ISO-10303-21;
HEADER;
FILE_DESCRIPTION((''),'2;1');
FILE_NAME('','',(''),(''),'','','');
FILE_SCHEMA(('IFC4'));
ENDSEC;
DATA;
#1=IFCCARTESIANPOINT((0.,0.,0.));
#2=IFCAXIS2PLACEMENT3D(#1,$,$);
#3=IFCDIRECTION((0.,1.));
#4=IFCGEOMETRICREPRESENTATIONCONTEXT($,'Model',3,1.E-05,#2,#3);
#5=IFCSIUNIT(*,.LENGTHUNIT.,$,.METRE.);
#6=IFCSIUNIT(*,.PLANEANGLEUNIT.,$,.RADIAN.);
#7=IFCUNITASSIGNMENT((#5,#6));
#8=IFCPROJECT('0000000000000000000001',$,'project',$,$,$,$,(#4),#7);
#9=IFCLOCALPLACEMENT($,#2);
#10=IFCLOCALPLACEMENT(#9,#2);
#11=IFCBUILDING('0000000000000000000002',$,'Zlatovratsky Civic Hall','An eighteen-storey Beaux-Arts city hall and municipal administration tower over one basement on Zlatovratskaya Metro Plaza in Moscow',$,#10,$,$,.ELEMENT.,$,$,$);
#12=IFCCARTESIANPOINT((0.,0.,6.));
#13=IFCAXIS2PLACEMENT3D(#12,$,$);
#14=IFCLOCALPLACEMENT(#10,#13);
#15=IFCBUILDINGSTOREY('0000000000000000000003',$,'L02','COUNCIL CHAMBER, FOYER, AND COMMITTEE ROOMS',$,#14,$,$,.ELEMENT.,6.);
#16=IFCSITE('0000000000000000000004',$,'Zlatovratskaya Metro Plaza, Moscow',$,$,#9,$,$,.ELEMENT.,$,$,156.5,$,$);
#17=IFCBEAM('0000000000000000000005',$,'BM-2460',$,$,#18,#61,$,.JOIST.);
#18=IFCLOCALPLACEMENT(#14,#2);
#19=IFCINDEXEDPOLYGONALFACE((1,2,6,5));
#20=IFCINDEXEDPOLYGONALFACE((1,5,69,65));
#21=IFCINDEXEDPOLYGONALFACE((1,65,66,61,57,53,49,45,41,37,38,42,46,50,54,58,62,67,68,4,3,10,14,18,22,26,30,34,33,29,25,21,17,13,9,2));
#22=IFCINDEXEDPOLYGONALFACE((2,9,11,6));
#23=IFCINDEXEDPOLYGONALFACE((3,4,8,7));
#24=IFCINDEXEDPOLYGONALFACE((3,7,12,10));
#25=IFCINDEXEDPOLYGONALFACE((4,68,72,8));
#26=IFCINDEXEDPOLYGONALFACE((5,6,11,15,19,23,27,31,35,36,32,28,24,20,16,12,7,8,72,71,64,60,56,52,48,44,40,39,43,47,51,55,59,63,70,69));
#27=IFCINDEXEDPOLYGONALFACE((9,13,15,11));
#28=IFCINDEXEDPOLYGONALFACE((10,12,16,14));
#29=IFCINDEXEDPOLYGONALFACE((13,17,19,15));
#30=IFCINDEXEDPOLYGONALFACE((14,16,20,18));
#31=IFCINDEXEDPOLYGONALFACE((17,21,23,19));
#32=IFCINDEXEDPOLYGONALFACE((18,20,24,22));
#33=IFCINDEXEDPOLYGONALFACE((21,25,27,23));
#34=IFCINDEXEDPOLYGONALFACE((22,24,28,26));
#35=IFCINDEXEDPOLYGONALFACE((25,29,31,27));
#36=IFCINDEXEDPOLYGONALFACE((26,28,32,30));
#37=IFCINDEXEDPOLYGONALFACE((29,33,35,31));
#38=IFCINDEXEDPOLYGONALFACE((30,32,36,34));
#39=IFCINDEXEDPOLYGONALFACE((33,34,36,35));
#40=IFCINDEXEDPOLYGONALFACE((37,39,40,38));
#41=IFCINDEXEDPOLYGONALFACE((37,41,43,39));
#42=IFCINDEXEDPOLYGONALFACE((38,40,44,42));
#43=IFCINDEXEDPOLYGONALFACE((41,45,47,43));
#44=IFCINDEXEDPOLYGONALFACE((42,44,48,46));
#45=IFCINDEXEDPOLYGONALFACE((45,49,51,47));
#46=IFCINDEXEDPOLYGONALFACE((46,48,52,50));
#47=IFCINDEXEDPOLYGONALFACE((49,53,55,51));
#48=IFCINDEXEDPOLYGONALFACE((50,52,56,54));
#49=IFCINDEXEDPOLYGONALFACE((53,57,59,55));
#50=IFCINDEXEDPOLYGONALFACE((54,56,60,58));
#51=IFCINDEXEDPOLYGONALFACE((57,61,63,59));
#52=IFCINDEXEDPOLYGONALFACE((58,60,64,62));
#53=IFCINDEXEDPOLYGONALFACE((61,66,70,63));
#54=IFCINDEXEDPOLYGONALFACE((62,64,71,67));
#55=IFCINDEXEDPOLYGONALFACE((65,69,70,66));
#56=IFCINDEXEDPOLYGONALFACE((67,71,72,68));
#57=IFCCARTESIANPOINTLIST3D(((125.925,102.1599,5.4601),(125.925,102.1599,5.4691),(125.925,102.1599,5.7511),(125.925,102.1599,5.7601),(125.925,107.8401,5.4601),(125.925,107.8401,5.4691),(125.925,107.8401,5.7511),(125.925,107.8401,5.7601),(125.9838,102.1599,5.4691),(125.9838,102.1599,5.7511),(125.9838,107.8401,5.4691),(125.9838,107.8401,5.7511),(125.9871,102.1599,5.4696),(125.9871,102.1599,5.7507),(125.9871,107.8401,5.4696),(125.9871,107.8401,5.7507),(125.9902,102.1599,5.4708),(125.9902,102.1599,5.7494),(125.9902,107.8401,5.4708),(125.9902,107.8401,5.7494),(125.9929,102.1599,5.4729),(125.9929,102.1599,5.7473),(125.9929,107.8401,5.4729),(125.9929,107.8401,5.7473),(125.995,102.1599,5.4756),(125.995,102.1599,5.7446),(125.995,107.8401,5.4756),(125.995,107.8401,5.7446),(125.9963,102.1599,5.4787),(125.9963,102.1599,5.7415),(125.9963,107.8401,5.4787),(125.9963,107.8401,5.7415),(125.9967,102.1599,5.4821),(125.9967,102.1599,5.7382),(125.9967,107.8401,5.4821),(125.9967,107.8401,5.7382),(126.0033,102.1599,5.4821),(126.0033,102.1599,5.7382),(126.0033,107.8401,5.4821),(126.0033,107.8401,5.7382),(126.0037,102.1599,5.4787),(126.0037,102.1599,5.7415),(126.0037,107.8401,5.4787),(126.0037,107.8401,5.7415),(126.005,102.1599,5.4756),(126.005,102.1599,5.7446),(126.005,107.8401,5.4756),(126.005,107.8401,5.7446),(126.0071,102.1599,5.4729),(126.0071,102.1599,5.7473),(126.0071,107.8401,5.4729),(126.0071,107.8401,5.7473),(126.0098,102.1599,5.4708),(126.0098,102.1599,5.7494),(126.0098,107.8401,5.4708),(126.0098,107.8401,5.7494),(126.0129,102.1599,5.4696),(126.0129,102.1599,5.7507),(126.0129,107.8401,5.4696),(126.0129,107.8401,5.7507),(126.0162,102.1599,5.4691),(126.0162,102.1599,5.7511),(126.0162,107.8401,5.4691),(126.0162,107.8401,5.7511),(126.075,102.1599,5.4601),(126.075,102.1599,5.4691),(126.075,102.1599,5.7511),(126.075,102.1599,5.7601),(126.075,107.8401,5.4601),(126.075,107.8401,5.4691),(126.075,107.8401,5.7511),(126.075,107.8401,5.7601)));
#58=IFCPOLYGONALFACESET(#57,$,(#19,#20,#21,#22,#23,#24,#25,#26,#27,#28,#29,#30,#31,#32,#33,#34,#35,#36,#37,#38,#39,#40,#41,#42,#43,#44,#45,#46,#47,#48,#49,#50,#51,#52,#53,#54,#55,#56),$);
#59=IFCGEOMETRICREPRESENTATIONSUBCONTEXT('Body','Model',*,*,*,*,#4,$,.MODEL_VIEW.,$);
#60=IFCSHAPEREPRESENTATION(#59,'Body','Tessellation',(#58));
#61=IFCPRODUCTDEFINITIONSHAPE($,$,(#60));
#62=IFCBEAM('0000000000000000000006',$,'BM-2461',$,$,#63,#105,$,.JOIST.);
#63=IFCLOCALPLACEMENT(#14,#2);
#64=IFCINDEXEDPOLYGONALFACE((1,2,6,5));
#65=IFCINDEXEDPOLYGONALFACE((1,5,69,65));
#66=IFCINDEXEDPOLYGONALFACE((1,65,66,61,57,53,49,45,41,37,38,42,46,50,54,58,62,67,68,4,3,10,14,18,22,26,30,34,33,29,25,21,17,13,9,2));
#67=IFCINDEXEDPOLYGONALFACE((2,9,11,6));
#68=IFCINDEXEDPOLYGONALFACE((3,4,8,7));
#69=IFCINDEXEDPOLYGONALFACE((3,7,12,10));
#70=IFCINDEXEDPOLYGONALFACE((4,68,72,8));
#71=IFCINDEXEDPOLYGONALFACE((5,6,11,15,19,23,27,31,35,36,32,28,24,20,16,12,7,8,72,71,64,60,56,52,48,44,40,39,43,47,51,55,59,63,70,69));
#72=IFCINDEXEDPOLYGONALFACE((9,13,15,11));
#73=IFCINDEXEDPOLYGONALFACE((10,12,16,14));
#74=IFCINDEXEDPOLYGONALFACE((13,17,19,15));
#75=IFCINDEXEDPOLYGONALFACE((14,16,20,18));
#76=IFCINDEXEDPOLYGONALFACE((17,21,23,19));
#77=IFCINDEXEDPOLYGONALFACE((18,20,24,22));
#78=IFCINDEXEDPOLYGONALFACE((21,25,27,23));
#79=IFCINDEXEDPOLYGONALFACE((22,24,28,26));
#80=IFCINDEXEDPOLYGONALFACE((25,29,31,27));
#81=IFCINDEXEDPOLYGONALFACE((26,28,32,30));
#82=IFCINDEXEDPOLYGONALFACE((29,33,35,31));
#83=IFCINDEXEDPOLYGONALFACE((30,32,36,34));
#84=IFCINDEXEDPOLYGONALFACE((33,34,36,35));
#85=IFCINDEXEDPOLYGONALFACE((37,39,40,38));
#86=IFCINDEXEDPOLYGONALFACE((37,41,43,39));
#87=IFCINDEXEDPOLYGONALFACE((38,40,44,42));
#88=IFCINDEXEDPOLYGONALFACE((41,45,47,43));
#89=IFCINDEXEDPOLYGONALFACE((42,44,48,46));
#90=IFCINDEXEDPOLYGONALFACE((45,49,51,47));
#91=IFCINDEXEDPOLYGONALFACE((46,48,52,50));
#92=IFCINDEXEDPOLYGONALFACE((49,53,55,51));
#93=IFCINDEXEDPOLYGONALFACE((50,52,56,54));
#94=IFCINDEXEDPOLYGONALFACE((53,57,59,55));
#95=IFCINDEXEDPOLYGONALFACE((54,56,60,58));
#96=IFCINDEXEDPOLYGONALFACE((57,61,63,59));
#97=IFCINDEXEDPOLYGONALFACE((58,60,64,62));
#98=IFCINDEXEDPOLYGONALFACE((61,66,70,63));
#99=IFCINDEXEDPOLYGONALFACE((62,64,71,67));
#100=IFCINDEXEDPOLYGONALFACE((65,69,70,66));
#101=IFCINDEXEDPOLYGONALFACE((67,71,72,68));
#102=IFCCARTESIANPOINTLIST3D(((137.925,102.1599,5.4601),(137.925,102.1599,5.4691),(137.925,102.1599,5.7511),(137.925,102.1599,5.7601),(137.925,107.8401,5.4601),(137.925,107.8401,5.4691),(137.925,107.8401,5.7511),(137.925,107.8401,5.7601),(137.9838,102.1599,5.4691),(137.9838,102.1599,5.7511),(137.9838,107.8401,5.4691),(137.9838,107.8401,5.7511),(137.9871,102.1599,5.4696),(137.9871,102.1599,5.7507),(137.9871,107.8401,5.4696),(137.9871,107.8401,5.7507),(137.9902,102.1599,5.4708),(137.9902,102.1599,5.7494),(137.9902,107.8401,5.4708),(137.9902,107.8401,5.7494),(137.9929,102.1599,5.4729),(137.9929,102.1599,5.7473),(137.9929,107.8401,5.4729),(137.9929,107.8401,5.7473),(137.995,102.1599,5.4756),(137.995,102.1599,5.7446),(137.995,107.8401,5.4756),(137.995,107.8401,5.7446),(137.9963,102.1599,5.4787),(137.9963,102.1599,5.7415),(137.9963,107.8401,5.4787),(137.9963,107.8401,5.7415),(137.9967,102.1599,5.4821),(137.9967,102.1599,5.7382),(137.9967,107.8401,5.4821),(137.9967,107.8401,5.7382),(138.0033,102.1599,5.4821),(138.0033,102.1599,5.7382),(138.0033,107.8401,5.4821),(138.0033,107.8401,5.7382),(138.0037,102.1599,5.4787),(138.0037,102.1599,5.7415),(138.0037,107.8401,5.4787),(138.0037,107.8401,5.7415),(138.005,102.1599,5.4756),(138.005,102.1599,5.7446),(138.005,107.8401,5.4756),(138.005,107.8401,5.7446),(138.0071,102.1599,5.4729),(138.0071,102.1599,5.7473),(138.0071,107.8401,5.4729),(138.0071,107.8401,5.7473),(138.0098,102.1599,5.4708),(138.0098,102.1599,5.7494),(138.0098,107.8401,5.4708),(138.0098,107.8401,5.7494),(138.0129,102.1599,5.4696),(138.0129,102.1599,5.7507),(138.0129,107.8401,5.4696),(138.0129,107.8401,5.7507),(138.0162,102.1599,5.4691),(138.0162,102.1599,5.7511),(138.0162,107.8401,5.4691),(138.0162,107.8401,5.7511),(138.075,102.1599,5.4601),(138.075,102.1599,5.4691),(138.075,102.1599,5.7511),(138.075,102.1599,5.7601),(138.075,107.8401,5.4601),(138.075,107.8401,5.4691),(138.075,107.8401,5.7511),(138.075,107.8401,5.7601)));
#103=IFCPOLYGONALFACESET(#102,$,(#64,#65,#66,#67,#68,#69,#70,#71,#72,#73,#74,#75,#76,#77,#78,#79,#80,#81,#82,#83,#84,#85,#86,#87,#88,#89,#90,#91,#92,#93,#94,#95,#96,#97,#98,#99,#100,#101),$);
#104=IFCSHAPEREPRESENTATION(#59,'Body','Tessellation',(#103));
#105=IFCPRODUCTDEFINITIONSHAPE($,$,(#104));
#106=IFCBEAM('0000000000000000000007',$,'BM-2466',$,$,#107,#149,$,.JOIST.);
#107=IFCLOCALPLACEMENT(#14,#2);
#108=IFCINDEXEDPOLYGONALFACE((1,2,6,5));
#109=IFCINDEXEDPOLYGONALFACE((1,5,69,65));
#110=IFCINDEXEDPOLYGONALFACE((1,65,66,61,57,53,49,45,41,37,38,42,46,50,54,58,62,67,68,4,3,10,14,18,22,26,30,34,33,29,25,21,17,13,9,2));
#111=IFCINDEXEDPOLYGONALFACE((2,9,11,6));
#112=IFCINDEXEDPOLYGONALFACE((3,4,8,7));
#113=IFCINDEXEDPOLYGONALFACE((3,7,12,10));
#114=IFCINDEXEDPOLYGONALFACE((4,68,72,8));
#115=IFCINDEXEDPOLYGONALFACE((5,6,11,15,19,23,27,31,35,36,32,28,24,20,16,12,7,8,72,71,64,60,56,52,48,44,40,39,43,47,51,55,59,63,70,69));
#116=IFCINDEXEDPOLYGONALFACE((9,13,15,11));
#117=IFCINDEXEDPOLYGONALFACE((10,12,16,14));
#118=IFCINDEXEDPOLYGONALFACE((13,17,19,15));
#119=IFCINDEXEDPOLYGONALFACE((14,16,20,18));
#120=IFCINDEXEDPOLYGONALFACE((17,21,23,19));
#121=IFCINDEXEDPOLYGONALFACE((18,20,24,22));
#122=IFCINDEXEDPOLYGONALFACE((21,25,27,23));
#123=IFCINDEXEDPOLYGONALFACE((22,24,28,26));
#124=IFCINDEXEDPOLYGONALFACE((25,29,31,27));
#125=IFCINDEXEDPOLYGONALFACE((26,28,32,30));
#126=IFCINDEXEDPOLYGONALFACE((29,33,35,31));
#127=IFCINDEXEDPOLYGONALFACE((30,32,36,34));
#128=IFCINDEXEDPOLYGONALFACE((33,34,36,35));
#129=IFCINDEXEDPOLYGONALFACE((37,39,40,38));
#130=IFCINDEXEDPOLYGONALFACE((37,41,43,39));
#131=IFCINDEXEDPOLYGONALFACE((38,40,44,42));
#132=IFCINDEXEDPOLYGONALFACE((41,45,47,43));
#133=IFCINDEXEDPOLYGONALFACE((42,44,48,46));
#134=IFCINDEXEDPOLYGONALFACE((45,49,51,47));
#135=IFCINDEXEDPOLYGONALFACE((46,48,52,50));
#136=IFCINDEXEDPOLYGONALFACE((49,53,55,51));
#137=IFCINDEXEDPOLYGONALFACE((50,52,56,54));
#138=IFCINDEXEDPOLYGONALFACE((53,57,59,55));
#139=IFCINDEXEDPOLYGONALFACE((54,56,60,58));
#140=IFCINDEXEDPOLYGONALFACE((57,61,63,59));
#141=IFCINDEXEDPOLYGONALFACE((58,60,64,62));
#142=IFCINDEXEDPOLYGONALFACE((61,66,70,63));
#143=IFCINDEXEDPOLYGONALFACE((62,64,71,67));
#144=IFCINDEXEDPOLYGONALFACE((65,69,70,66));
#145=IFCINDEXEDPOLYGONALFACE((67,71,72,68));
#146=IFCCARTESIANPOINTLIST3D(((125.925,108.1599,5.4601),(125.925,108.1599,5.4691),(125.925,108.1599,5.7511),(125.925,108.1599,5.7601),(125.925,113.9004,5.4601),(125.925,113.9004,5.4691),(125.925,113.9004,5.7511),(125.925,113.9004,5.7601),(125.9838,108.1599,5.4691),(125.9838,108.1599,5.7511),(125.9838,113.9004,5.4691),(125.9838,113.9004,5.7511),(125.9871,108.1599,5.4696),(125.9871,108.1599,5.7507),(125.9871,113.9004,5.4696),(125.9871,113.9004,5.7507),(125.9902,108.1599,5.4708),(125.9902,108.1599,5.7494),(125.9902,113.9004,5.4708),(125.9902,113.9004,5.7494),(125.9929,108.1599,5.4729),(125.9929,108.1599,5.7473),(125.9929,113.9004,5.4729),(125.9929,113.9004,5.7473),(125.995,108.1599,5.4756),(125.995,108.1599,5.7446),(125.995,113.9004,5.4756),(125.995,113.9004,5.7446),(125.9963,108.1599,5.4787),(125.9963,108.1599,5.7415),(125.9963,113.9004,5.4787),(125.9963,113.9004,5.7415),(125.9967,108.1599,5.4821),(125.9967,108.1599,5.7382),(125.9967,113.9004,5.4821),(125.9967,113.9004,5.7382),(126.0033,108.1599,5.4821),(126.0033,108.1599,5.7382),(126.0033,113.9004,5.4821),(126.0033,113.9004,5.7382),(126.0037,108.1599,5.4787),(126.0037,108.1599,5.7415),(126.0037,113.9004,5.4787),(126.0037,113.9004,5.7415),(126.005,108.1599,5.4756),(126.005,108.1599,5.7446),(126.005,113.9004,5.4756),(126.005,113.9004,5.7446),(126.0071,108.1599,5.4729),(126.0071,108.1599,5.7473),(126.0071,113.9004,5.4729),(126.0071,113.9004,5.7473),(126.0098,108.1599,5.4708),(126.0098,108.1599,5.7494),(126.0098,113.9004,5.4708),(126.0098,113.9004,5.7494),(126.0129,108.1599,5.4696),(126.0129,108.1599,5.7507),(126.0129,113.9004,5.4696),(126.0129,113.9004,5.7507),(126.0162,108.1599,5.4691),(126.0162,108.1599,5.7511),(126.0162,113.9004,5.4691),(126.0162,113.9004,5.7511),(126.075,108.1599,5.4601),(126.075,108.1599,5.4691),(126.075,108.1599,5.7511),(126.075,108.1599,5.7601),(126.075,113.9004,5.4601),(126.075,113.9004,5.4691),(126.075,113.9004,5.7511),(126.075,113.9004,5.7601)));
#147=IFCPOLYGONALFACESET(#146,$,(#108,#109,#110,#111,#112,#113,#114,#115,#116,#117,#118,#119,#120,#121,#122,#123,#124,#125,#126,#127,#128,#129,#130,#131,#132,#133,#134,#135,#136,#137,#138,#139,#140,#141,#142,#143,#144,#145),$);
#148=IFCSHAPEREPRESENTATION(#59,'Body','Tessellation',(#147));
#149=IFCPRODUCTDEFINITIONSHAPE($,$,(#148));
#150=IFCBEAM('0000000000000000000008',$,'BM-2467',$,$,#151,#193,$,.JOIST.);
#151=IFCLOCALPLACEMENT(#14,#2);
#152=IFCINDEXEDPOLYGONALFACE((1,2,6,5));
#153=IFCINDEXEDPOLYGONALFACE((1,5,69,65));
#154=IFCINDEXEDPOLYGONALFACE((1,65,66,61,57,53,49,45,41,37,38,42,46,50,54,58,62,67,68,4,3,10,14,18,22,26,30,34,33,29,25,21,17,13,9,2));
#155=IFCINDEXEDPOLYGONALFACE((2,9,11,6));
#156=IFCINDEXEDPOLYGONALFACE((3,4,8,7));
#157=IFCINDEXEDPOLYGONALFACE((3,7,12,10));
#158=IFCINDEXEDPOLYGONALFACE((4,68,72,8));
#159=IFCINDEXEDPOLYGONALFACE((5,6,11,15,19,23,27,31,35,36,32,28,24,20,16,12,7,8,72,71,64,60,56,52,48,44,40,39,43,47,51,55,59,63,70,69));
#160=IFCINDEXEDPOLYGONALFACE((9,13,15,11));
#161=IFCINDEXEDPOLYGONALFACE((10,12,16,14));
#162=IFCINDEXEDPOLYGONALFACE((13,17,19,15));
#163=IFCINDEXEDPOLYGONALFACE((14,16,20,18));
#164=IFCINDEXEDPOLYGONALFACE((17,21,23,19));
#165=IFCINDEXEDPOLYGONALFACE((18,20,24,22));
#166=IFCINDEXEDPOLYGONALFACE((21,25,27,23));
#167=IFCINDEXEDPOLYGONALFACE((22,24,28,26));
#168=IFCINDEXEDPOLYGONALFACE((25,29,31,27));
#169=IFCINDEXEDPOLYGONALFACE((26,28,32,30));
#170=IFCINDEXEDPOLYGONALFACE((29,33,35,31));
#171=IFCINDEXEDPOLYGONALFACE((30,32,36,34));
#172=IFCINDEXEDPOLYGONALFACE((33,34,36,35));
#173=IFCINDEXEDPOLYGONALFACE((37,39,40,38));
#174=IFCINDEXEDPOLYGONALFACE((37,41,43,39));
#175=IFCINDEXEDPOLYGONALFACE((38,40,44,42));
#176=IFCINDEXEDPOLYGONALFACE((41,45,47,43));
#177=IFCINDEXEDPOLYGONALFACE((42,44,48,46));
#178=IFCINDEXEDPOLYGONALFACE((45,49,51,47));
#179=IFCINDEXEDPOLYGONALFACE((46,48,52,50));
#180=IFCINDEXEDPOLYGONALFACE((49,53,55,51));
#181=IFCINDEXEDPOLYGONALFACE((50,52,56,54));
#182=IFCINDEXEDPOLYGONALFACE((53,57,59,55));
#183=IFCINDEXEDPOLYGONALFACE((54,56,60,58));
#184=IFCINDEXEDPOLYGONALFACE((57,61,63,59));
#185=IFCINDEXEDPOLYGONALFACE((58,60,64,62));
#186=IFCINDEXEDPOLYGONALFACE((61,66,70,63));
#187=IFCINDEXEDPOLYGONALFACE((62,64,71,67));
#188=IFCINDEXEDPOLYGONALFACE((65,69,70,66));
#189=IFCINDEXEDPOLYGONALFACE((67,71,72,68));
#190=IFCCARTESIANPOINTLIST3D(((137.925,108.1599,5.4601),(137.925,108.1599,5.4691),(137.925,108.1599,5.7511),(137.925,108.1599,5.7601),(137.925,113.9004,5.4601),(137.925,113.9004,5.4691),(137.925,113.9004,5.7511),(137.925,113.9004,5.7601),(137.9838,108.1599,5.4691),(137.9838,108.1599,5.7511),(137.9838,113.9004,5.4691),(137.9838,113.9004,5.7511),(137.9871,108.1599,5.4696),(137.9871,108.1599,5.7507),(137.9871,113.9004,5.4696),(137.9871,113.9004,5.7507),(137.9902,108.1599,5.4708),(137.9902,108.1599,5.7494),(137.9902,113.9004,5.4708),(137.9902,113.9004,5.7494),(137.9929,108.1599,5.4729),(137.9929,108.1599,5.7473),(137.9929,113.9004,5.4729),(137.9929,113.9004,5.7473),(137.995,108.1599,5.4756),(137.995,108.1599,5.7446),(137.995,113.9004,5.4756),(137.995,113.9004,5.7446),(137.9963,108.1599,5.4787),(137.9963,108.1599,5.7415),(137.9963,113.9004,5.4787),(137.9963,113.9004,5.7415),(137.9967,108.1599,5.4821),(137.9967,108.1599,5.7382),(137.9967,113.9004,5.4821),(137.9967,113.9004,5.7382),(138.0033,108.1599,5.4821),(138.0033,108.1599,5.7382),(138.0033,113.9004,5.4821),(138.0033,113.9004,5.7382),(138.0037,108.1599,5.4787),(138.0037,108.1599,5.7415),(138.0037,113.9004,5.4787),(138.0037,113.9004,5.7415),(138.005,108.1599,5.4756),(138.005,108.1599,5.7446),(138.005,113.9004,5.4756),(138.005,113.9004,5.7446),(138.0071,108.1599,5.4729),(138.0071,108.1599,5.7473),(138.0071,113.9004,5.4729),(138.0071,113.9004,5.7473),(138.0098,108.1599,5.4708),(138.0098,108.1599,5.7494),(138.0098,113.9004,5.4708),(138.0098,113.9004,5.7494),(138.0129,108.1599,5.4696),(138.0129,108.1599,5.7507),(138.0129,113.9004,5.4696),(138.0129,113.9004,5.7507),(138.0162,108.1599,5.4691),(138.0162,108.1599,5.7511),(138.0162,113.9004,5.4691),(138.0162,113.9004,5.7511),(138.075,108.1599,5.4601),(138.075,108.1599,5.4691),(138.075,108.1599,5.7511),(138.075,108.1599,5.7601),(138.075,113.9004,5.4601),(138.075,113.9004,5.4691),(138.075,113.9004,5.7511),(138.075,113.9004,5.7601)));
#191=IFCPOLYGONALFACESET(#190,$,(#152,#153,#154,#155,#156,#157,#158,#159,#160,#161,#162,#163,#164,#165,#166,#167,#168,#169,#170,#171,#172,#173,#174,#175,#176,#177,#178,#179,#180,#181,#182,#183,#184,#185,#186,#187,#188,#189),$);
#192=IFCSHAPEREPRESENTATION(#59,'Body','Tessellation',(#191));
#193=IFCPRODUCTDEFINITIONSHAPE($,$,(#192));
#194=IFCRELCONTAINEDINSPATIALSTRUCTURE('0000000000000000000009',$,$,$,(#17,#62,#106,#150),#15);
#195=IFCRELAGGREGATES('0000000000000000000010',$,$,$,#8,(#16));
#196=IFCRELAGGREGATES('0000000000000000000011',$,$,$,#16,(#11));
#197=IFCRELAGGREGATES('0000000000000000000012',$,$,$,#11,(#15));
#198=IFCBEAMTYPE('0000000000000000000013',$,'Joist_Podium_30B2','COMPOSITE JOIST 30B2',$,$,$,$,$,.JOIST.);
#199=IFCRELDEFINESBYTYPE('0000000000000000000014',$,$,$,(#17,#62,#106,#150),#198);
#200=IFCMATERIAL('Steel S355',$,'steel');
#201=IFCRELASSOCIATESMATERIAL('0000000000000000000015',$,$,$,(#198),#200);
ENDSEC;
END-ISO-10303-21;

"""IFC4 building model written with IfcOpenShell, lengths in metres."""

from ifc_helpers import new_model, si_unit, direction, frame, origin, origin_2d, place, context, subcontext, project, spatial, i_section, extrude, material, material_profile, profile_set, type_object, element, save


model = new_model("IFC4")

# Units and contexts
model_context = context("Model", 3, precision=1e-05, world=origin(), true_north=direction((0.0, 1.0)))
body_context = subcontext(model_context, "Body", "Model", "MODEL_VIEW")
ifc_project = project(units=[si_unit("LENGTHUNIT", "METRE"), si_unit("PLANEANGLEUNIT", "RADIAN")], contexts=[model_context])

# Site, building, storey
site_placement = place(None, origin())
site = spatial("IfcSite", under=ifc_project, at=site_placement, Name="Zlatovratskaya Metro Plaza, Moscow", CompositionType="ELEMENT", RefElevation=156.5)
building_placement = place(site_placement, origin())
building = spatial("IfcBuilding", under=site, at=building_placement, Name="Zlatovratsky Civic Hall", Description="An eighteen-storey Beaux-Arts city hall and municipal administration tower over one basement on Zlatovratskaya Metro Plaza in Moscow", CompositionType="ELEMENT")
storey_placement = place(building_placement, frame((0.0, 0.0, 6.0)))
storey = spatial("IfcBuildingStorey", under=building, at=storey_placement, Name="L02", Description="COUNCIL CHAMBER, FOYER, AND COMMITTEE ROOMS", CompositionType="ELEMENT", Elevation=6.0)

# Shared definitions
ifc_material_1 = material(Name="Steel S355", Category="steel")

# Beams
ifc_material_profile_1 = material_profile(ifc_material_1, i_section(OverallWidth=0.1499, OverallDepth=0.3, WebThickness=0.0066, FlangeThickness=0.009, FilletRadius=0.0129, at=origin_2d()), Name="30B2")
ifc_profile_set_1 = profile_set([ifc_material_profile_1], Name="Steel S355")
beam_type_1 = type_object("IfcBeamType", Name="Joist_Podium_30B2", Description="COMPOSITE JOIST 30B2", PredefinedType="JOIST", material=ifc_profile_set_1)
for number, where, z_axis, x_axis, name in (
    (1, (126.0, 102.1599, 5.6101), (0.0, 1.0, 0.0), (-1.0, 0.0, 0.0), "BM-2460"),
    (2, (138.0, 102.1599, 5.6101), (0.0, 1.0, 0.0), (-1.0, 0.0, 0.0), "BM-2461"),
):
    element("IfcBeam", number, at=place(storey_placement, frame(where, z_axis=z_axis, x_axis=x_axis)), inside=storey, type_object=beam_type_1, Name=name, PredefinedType="JOIST", context=body_context, shape_type="SweptSolid", body=[
        extrude(i_section(OverallWidth=0.1499, OverallDepth=0.3, WebThickness=0.0066, FlangeThickness=0.009, FilletRadius=0.0129, at=origin_2d()), origin(), (0.0, 0.0, 1.0), 5.6802),
    ])
for number, where, z_axis, x_axis, name in (
    (3, (126.0, 108.1599, 5.6101), (0.0, 1.0, 0.0), (-1.0, 0.0, 0.0), "BM-2466"),
    (4, (138.0, 108.1599, 5.6101), (0.0, 1.0, 0.0), (-1.0, 0.0, 0.0), "BM-2467"),
):
    element("IfcBeam", number, at=place(storey_placement, frame(where, z_axis=z_axis, x_axis=x_axis)), inside=storey, type_object=beam_type_1, Name=name, PredefinedType="JOIST", context=body_context, shape_type="SweptSolid", body=[
        extrude(i_section(OverallWidth=0.1499, OverallDepth=0.3, WebThickness=0.0066, FlangeThickness=0.009, FilletRadius=0.0129, at=origin_2d()), origin(), (0.0, 0.0, 1.0), 5.7405),
    ])

save(model, "model.ifc")
